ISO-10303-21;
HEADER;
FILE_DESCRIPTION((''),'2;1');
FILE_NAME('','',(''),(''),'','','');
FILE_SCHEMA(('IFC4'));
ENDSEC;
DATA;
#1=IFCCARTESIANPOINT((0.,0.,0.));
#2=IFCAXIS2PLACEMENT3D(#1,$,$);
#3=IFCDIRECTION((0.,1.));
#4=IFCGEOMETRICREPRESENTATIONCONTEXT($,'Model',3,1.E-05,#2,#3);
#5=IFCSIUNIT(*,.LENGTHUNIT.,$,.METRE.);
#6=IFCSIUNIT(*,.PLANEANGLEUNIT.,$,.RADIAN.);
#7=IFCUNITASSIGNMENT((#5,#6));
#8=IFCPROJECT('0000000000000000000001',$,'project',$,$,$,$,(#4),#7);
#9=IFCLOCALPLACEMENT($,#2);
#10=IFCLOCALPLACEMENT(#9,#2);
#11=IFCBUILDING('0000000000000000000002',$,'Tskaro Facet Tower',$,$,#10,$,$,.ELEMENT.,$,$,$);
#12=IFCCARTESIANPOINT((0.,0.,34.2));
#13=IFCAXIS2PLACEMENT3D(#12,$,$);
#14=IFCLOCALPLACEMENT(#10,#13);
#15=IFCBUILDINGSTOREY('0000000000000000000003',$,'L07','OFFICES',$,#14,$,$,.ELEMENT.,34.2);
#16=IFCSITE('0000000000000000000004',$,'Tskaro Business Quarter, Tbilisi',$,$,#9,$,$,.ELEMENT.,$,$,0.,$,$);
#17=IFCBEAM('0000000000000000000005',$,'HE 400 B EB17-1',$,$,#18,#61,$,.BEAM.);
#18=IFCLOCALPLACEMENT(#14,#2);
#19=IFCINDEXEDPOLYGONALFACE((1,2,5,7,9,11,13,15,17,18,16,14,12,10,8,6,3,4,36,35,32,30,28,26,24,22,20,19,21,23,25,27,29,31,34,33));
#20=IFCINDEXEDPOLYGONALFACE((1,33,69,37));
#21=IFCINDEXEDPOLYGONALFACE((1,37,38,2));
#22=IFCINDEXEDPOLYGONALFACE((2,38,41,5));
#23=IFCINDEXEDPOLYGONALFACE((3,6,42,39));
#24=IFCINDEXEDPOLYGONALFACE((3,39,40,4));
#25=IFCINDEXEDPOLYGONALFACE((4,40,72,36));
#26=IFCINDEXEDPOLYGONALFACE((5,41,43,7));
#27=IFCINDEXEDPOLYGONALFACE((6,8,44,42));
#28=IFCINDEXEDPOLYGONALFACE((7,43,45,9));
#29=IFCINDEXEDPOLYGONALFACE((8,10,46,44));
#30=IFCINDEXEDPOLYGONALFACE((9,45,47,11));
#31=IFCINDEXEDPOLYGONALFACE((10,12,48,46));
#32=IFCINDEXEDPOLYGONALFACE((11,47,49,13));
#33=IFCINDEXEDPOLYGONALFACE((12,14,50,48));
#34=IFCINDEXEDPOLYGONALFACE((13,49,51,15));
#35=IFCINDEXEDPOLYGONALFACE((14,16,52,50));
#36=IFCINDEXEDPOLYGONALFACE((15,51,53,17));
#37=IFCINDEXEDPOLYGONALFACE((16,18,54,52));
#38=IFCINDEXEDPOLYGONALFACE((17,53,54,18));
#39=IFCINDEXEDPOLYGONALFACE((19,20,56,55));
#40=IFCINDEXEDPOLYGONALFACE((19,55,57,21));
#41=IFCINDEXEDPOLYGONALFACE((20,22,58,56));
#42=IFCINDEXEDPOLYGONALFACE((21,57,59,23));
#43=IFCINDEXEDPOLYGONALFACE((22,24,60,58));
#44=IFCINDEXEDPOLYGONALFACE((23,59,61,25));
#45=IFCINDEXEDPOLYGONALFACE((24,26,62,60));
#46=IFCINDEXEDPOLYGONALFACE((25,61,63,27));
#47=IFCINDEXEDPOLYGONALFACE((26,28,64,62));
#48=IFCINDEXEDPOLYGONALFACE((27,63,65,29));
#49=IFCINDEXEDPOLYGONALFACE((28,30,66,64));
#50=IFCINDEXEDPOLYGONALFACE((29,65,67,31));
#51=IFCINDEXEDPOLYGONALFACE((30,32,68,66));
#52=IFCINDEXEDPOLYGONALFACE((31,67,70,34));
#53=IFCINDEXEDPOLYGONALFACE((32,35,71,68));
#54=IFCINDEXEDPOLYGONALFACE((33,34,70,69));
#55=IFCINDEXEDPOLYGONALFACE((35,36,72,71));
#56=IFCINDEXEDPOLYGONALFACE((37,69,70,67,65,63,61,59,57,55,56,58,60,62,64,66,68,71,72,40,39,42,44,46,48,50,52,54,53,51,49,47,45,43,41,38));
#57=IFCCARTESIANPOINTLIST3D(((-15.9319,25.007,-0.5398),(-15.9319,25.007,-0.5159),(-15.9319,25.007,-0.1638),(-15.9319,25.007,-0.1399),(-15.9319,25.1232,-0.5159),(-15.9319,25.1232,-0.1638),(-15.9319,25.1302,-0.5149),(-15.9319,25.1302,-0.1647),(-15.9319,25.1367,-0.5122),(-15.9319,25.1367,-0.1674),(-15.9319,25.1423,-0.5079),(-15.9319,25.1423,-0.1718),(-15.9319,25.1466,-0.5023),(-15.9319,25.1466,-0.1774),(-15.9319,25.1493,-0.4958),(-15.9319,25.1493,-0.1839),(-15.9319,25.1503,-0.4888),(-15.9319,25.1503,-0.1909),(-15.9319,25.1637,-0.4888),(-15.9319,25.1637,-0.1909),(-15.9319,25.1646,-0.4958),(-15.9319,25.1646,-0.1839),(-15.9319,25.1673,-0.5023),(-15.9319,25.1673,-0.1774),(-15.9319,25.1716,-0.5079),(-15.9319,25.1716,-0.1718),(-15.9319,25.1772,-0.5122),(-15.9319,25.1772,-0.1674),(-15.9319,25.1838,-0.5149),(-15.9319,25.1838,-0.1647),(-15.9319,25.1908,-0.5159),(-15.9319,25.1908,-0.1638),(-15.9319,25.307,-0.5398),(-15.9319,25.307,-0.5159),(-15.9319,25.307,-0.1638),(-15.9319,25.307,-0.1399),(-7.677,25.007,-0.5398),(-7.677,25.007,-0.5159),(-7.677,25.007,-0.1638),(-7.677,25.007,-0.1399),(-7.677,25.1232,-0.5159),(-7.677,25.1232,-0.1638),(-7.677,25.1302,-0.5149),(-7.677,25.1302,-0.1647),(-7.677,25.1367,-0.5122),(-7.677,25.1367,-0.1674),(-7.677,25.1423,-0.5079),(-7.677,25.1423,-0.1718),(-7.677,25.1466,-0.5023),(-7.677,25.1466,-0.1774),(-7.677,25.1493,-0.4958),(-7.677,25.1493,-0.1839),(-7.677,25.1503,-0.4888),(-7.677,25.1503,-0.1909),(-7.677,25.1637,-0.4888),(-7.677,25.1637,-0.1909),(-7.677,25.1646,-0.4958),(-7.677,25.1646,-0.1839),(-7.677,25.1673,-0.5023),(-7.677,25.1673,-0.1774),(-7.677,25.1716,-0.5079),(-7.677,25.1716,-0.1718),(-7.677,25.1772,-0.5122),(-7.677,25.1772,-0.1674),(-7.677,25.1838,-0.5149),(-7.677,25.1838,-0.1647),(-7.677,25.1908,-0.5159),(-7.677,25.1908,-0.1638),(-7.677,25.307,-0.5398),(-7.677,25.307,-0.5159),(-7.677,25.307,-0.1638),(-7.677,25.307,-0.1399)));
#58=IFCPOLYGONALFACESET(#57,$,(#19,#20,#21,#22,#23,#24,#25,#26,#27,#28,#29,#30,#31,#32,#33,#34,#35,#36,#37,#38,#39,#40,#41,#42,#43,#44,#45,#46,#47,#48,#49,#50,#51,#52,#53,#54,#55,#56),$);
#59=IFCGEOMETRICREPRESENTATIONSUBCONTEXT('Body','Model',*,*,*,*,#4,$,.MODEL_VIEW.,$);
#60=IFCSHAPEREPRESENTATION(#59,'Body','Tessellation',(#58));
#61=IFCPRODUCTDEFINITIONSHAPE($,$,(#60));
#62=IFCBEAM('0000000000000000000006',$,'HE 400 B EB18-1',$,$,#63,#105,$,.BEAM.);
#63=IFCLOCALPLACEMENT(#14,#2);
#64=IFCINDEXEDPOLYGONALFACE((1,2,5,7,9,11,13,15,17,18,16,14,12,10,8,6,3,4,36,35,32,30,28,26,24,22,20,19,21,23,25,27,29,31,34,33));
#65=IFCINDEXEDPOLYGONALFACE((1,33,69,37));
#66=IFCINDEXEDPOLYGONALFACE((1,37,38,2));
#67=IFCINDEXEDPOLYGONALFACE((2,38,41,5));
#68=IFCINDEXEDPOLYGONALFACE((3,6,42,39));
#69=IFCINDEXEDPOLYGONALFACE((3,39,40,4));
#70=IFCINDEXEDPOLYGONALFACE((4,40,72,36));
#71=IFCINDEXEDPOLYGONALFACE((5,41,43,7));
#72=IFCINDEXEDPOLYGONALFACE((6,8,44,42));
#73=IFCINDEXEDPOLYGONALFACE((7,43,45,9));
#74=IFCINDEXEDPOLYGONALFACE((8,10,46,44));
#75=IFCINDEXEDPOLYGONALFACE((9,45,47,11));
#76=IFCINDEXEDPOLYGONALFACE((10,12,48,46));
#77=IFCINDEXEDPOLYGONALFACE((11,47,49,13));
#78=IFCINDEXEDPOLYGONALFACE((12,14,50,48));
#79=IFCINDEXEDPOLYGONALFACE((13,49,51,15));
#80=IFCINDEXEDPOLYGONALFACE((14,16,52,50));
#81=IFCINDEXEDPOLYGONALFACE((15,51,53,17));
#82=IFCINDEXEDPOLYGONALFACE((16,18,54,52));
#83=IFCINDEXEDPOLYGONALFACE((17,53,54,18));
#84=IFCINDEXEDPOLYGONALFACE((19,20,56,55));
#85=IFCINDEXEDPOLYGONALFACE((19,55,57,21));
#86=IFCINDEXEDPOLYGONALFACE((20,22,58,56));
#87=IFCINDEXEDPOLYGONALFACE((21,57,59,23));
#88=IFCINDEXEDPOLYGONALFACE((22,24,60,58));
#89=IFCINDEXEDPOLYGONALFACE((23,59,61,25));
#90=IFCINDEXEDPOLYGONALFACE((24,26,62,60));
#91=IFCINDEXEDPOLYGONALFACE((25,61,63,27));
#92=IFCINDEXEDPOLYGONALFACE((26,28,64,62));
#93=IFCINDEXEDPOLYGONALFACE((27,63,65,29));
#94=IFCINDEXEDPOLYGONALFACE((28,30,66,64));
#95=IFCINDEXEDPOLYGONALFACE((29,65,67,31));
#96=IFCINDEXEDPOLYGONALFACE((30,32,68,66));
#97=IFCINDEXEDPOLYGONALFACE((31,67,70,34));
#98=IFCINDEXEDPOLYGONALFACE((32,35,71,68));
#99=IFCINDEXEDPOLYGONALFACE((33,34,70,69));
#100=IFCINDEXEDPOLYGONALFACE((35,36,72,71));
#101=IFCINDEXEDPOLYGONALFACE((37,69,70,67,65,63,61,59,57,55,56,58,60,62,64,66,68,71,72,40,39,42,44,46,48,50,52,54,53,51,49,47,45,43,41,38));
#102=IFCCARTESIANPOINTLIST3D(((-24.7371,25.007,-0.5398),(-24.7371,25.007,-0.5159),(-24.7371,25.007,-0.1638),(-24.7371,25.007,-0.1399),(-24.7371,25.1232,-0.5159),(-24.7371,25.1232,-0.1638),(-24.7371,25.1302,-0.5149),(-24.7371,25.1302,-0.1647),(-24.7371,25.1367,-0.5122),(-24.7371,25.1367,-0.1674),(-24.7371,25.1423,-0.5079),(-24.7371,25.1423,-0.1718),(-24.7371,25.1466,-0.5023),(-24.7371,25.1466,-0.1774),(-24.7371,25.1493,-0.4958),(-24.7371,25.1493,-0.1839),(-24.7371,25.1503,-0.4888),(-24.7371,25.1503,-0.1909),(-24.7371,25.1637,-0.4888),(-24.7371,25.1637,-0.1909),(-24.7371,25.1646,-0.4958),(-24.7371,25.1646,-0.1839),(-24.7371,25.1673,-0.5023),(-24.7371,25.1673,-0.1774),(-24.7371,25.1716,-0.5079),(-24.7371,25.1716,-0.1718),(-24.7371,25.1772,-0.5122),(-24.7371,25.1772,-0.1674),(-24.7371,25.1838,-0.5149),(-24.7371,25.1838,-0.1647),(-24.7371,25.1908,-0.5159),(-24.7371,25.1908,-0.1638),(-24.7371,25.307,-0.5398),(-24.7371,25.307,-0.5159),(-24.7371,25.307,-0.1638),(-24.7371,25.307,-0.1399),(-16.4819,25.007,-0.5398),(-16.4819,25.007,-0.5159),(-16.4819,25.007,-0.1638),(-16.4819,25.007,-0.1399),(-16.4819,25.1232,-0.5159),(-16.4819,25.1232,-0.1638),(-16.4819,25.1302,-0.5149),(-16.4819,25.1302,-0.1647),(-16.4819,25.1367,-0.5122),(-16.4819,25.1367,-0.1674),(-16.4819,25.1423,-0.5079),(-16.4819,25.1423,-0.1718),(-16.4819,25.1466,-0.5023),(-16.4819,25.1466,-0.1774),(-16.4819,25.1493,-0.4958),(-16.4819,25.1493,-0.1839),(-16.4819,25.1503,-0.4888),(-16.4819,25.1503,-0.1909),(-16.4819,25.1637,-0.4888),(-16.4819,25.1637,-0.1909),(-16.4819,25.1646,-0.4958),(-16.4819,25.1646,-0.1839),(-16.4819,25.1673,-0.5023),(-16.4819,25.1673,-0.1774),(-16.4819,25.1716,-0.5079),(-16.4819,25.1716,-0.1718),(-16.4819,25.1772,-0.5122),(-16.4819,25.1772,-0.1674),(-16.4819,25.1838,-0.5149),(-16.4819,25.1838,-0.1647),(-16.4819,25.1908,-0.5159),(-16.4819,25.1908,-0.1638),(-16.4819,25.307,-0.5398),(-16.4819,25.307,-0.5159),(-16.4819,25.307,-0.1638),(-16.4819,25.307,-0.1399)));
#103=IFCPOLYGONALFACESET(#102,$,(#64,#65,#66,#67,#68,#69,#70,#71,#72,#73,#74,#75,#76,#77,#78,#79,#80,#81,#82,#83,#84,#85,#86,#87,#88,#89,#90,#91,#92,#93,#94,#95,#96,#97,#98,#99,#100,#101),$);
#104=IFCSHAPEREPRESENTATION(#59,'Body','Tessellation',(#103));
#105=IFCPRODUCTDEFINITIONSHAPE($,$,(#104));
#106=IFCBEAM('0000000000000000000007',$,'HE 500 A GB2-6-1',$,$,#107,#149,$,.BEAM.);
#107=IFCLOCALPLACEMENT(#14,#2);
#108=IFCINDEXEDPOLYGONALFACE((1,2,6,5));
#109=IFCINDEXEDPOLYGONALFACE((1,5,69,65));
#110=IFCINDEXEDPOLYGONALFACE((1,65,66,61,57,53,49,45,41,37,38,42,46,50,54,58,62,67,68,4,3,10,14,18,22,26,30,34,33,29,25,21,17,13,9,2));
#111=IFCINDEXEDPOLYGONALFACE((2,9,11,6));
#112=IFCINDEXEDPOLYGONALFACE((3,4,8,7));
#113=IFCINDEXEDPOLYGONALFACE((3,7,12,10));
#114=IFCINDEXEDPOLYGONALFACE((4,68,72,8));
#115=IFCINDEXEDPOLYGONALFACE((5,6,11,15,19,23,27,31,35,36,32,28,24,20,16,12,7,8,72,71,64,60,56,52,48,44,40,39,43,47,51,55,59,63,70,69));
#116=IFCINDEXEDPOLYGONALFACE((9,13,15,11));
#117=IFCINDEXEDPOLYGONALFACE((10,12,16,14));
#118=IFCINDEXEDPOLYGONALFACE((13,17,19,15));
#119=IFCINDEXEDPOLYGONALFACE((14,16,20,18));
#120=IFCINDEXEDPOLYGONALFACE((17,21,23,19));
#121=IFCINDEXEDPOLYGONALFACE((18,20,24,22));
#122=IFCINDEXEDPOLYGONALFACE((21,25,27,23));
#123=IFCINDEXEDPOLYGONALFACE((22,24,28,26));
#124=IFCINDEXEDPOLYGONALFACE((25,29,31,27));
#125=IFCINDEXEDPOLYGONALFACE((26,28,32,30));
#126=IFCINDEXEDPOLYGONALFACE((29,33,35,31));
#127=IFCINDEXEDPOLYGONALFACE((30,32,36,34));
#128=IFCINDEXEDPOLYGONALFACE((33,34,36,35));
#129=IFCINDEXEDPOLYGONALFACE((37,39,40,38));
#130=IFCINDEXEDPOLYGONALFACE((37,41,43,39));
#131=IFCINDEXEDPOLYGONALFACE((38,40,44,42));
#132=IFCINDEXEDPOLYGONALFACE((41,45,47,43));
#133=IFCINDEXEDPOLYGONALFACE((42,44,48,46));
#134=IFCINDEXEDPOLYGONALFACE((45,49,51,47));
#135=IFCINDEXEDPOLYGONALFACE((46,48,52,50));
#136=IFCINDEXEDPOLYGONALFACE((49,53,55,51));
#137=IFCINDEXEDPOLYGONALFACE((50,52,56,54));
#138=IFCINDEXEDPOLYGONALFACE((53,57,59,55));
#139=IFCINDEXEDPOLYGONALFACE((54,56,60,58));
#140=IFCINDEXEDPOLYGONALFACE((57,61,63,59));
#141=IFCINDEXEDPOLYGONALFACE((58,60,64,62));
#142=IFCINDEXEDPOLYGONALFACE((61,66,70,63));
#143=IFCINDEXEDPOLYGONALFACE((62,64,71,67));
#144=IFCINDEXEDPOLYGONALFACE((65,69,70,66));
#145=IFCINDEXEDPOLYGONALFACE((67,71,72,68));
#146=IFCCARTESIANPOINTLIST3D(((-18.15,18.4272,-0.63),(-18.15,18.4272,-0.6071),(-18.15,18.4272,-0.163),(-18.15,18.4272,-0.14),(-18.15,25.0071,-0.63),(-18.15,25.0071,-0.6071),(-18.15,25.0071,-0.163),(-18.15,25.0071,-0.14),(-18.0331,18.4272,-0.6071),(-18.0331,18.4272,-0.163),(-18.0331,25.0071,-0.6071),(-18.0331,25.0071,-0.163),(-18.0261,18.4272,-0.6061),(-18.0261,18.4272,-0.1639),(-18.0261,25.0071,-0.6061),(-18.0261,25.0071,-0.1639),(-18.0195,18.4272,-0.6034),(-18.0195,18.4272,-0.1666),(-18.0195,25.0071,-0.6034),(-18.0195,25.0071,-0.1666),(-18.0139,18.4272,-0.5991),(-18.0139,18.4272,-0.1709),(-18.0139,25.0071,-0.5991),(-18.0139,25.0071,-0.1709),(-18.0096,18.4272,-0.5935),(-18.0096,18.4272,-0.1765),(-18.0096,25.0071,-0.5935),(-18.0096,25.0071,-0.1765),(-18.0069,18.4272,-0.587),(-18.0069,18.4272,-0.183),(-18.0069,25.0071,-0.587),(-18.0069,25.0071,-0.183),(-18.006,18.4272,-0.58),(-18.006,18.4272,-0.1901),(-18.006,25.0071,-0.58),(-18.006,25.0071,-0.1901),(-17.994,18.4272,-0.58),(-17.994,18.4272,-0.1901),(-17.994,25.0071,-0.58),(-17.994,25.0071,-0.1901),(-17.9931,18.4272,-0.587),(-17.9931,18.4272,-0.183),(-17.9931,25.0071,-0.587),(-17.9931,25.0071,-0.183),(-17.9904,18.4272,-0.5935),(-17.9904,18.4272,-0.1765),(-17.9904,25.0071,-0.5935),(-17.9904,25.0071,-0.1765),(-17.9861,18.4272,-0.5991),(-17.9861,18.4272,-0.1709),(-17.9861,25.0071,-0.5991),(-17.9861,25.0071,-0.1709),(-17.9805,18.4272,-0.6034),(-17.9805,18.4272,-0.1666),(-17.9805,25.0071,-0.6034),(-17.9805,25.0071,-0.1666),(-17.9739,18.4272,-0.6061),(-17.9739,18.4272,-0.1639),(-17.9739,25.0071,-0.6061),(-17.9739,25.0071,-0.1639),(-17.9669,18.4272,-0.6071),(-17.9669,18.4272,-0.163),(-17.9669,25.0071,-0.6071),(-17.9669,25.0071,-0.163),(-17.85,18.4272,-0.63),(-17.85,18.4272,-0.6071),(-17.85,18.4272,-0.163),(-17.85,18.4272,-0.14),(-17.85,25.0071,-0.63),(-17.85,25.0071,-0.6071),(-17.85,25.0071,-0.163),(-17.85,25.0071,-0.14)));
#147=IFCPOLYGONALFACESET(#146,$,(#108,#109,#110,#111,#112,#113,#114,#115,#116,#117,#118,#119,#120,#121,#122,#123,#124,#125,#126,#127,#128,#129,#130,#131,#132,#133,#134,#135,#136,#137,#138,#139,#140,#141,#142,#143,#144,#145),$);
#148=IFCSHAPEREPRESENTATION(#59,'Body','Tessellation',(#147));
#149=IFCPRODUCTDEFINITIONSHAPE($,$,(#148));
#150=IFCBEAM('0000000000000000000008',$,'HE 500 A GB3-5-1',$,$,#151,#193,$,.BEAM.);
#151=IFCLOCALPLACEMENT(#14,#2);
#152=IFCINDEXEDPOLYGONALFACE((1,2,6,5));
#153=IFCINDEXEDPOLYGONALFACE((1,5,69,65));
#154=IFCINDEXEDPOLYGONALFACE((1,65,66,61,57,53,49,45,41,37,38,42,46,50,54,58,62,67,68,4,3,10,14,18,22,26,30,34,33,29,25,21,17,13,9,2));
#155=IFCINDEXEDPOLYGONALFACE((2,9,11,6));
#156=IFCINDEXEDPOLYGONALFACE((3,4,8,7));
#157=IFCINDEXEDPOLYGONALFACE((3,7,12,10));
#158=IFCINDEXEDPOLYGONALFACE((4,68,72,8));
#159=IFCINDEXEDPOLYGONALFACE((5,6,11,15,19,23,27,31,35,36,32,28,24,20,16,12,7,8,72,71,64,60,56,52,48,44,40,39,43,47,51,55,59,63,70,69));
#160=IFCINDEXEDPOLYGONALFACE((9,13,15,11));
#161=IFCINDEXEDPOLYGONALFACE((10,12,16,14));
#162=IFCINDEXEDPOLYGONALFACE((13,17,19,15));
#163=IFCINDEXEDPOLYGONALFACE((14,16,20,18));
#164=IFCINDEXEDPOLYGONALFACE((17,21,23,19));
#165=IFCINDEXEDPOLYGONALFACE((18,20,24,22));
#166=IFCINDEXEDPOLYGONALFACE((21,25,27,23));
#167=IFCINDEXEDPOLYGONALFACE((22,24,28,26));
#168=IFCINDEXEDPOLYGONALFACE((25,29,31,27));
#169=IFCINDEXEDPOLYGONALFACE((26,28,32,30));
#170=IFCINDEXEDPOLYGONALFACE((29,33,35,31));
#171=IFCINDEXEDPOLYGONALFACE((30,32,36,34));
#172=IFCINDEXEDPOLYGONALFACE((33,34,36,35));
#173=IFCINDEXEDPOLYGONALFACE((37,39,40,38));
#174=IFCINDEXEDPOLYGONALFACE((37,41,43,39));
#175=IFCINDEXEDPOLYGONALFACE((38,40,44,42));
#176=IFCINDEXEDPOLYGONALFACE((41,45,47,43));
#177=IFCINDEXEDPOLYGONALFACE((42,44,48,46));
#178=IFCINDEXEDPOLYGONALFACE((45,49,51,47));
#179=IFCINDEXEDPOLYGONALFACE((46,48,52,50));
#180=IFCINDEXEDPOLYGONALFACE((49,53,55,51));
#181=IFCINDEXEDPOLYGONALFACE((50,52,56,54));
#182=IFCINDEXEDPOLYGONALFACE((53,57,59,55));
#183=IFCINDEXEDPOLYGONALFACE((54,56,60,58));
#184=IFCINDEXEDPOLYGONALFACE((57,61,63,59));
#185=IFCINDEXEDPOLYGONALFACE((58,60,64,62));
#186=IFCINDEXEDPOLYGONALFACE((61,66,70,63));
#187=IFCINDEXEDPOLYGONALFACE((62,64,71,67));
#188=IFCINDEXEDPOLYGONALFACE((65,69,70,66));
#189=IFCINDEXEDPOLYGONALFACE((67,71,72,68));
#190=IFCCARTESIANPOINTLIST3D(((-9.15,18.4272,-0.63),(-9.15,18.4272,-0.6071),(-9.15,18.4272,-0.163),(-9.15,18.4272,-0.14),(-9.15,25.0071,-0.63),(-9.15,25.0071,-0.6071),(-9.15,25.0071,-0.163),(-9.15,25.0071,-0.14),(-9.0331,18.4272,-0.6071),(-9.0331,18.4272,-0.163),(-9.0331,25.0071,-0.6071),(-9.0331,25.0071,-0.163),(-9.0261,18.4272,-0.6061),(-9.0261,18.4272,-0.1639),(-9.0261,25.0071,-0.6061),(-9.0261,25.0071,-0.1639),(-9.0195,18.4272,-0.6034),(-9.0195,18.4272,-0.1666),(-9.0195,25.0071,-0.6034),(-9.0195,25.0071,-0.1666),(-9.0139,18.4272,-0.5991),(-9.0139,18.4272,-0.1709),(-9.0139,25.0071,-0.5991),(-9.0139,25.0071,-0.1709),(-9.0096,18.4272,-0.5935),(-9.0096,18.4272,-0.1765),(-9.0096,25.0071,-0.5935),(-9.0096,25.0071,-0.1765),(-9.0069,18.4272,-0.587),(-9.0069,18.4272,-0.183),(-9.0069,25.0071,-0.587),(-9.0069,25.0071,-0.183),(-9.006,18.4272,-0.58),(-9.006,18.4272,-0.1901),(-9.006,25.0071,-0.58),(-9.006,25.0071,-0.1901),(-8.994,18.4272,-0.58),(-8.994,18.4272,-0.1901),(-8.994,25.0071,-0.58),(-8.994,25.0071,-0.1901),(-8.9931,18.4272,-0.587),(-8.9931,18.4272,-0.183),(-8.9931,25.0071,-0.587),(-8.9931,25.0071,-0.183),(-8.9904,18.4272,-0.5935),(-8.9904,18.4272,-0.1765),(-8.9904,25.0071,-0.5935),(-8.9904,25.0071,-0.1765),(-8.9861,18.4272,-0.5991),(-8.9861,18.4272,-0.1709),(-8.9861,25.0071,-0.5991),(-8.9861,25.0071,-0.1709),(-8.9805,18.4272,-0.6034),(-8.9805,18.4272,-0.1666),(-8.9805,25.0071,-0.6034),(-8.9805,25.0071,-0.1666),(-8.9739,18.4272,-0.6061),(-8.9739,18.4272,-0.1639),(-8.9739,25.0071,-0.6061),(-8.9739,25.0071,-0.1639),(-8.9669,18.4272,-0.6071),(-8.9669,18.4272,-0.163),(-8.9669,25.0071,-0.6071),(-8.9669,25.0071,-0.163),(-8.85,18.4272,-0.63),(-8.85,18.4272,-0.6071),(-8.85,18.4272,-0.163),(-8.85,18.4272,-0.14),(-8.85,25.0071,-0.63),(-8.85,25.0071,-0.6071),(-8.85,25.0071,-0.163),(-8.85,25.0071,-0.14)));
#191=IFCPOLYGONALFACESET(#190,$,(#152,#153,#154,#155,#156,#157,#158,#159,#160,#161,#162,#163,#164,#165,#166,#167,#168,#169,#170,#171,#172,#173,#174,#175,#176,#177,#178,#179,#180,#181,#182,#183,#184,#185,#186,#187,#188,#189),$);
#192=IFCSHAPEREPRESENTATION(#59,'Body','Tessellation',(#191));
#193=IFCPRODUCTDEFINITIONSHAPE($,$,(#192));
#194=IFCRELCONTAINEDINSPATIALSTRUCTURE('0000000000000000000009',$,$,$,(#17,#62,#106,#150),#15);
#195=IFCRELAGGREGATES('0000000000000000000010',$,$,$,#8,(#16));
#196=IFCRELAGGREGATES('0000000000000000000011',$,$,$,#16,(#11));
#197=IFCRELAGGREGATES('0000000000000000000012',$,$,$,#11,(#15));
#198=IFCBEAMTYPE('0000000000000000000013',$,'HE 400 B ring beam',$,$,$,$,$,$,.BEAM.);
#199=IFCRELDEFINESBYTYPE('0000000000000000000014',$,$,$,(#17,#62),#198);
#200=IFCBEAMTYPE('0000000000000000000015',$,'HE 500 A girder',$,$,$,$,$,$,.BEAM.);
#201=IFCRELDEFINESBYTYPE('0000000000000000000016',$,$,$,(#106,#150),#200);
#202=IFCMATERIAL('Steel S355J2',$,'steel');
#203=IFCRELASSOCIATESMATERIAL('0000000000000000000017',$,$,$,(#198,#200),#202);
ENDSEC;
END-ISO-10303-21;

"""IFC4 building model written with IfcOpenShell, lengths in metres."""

from ifc_helpers import new_model, si_unit, direction, frame, origin, origin_2d, place, context, subcontext, project, spatial, i_section, extrude, material, material_profile, profile_set, type_object, element, save


model = new_model("IFC4")

# Units and contexts
model_context = context("Model", 3, precision=1e-05, world=origin(), true_north=direction((0.0, 1.0)))
body_context = subcontext(model_context, "Body", "Model", "MODEL_VIEW")
ifc_project = project(units=[si_unit("LENGTHUNIT", "METRE"), si_unit("PLANEANGLEUNIT", "RADIAN")], contexts=[model_context])

# Site, building, storey
site_placement = place(None, origin())
site = spatial("IfcSite", under=ifc_project, at=site_placement, Name="Tskaro Business Quarter, Tbilisi", CompositionType="ELEMENT", RefElevation=0.0)
building_placement = place(site_placement, origin())
building = spatial("IfcBuilding", under=site, at=building_placement, Name="Tskaro Facet Tower", CompositionType="ELEMENT")
storey_placement = place(building_placement, frame((0.0, 0.0, 34.2)))
storey = spatial("IfcBuildingStorey", under=building, at=storey_placement, Name="L07", Description="OFFICES", CompositionType="ELEMENT", Elevation=34.2)

# Beams
ifc_material_1 = material(Name="Steel S355J2", Category="steel")
ifc_material_profile_1 = material_profile(ifc_material_1, i_section(OverallWidth=0.3, OverallDepth=0.3999, WebThickness=0.0134, FlangeThickness=0.0239, FilletRadius=0.0271, at=origin_2d()), Name="HE 400 B")
ifc_profile_set_1 = profile_set([ifc_material_profile_1], Name="Steel S355J2")
beam_type_1 = type_object("IfcBeamType", Name="HE 400 B ring beam", PredefinedType="BEAM", material=ifc_profile_set_1)
beam_1_placement = place(storey_placement, frame((-7.677, 25.157, -0.3398), z_axis=(-1.0, 0.0, 0.0), x_axis=(0.0, -1.0, 0.0)))
element("IfcBeam", 1, at=beam_1_placement, inside=storey, type_object=beam_type_1, Name="HE 400 B EB17-1", PredefinedType="BEAM", context=body_context, shape_type="SweptSolid", body=[
    extrude(i_section(OverallWidth=0.3, OverallDepth=0.3999, WebThickness=0.0134, FlangeThickness=0.0239, FilletRadius=0.0271, at=origin_2d()), origin(), (0.0, 0.0, 1.0), 8.2549),
])
beam_2_placement = place(storey_placement, frame((-16.4819, 25.157, -0.3398), z_axis=(-1.0, 0.0, 0.0), x_axis=(0.0, -1.0, 0.0)))
element("IfcBeam", 2, at=beam_2_placement, inside=storey, type_object=beam_type_1, Name="HE 400 B EB18-1", PredefinedType="BEAM", context=body_context, shape_type="SweptSolid", body=[
    extrude(i_section(OverallWidth=0.3, OverallDepth=0.3999, WebThickness=0.0134, FlangeThickness=0.0239, FilletRadius=0.0271, at=origin_2d()), origin(), (0.0, 0.0, 1.0), 8.2551),
])
ifc_material_profile_2 = material_profile(ifc_material_1, i_section(OverallWidth=0.3, OverallDepth=0.49, WebThickness=0.012, FlangeThickness=0.0229, FilletRadius=0.0271, at=origin_2d()), Name="HE 500 A")
ifc_profile_set_2 = profile_set([ifc_material_profile_2], Name="Steel S355J2")
beam_type_2 = type_object("IfcBeamType", Name="HE 500 A girder", PredefinedType="BEAM", material=ifc_profile_set_2)
for number, where, z_axis, x_axis, name in (
    (3, (-18.0, 18.4272, -0.385), (0.0, 1.0, 0.0), (-1.0, 0.0, 0.0), "HE 500 A GB2-6-1"),
    (4, (-9.0, 18.4272, -0.385), (0.0, 1.0, 0.0), (-1.0, 0.0, 0.0), "HE 500 A GB3-5-1"),
):
    element("IfcBeam", number, at=place(storey_placement, frame(where, z_axis=z_axis, x_axis=x_axis)), inside=storey, type_object=beam_type_2, Name=name, PredefinedType="BEAM", context=body_context, shape_type="SweptSolid", body=[
        extrude(i_section(OverallWidth=0.3, OverallDepth=0.49, WebThickness=0.012, FlangeThickness=0.0229, FilletRadius=0.0271, at=origin_2d()), origin(), (0.0, 0.0, 1.0), 6.5798),
    ])

save(model, "model.ifc")
